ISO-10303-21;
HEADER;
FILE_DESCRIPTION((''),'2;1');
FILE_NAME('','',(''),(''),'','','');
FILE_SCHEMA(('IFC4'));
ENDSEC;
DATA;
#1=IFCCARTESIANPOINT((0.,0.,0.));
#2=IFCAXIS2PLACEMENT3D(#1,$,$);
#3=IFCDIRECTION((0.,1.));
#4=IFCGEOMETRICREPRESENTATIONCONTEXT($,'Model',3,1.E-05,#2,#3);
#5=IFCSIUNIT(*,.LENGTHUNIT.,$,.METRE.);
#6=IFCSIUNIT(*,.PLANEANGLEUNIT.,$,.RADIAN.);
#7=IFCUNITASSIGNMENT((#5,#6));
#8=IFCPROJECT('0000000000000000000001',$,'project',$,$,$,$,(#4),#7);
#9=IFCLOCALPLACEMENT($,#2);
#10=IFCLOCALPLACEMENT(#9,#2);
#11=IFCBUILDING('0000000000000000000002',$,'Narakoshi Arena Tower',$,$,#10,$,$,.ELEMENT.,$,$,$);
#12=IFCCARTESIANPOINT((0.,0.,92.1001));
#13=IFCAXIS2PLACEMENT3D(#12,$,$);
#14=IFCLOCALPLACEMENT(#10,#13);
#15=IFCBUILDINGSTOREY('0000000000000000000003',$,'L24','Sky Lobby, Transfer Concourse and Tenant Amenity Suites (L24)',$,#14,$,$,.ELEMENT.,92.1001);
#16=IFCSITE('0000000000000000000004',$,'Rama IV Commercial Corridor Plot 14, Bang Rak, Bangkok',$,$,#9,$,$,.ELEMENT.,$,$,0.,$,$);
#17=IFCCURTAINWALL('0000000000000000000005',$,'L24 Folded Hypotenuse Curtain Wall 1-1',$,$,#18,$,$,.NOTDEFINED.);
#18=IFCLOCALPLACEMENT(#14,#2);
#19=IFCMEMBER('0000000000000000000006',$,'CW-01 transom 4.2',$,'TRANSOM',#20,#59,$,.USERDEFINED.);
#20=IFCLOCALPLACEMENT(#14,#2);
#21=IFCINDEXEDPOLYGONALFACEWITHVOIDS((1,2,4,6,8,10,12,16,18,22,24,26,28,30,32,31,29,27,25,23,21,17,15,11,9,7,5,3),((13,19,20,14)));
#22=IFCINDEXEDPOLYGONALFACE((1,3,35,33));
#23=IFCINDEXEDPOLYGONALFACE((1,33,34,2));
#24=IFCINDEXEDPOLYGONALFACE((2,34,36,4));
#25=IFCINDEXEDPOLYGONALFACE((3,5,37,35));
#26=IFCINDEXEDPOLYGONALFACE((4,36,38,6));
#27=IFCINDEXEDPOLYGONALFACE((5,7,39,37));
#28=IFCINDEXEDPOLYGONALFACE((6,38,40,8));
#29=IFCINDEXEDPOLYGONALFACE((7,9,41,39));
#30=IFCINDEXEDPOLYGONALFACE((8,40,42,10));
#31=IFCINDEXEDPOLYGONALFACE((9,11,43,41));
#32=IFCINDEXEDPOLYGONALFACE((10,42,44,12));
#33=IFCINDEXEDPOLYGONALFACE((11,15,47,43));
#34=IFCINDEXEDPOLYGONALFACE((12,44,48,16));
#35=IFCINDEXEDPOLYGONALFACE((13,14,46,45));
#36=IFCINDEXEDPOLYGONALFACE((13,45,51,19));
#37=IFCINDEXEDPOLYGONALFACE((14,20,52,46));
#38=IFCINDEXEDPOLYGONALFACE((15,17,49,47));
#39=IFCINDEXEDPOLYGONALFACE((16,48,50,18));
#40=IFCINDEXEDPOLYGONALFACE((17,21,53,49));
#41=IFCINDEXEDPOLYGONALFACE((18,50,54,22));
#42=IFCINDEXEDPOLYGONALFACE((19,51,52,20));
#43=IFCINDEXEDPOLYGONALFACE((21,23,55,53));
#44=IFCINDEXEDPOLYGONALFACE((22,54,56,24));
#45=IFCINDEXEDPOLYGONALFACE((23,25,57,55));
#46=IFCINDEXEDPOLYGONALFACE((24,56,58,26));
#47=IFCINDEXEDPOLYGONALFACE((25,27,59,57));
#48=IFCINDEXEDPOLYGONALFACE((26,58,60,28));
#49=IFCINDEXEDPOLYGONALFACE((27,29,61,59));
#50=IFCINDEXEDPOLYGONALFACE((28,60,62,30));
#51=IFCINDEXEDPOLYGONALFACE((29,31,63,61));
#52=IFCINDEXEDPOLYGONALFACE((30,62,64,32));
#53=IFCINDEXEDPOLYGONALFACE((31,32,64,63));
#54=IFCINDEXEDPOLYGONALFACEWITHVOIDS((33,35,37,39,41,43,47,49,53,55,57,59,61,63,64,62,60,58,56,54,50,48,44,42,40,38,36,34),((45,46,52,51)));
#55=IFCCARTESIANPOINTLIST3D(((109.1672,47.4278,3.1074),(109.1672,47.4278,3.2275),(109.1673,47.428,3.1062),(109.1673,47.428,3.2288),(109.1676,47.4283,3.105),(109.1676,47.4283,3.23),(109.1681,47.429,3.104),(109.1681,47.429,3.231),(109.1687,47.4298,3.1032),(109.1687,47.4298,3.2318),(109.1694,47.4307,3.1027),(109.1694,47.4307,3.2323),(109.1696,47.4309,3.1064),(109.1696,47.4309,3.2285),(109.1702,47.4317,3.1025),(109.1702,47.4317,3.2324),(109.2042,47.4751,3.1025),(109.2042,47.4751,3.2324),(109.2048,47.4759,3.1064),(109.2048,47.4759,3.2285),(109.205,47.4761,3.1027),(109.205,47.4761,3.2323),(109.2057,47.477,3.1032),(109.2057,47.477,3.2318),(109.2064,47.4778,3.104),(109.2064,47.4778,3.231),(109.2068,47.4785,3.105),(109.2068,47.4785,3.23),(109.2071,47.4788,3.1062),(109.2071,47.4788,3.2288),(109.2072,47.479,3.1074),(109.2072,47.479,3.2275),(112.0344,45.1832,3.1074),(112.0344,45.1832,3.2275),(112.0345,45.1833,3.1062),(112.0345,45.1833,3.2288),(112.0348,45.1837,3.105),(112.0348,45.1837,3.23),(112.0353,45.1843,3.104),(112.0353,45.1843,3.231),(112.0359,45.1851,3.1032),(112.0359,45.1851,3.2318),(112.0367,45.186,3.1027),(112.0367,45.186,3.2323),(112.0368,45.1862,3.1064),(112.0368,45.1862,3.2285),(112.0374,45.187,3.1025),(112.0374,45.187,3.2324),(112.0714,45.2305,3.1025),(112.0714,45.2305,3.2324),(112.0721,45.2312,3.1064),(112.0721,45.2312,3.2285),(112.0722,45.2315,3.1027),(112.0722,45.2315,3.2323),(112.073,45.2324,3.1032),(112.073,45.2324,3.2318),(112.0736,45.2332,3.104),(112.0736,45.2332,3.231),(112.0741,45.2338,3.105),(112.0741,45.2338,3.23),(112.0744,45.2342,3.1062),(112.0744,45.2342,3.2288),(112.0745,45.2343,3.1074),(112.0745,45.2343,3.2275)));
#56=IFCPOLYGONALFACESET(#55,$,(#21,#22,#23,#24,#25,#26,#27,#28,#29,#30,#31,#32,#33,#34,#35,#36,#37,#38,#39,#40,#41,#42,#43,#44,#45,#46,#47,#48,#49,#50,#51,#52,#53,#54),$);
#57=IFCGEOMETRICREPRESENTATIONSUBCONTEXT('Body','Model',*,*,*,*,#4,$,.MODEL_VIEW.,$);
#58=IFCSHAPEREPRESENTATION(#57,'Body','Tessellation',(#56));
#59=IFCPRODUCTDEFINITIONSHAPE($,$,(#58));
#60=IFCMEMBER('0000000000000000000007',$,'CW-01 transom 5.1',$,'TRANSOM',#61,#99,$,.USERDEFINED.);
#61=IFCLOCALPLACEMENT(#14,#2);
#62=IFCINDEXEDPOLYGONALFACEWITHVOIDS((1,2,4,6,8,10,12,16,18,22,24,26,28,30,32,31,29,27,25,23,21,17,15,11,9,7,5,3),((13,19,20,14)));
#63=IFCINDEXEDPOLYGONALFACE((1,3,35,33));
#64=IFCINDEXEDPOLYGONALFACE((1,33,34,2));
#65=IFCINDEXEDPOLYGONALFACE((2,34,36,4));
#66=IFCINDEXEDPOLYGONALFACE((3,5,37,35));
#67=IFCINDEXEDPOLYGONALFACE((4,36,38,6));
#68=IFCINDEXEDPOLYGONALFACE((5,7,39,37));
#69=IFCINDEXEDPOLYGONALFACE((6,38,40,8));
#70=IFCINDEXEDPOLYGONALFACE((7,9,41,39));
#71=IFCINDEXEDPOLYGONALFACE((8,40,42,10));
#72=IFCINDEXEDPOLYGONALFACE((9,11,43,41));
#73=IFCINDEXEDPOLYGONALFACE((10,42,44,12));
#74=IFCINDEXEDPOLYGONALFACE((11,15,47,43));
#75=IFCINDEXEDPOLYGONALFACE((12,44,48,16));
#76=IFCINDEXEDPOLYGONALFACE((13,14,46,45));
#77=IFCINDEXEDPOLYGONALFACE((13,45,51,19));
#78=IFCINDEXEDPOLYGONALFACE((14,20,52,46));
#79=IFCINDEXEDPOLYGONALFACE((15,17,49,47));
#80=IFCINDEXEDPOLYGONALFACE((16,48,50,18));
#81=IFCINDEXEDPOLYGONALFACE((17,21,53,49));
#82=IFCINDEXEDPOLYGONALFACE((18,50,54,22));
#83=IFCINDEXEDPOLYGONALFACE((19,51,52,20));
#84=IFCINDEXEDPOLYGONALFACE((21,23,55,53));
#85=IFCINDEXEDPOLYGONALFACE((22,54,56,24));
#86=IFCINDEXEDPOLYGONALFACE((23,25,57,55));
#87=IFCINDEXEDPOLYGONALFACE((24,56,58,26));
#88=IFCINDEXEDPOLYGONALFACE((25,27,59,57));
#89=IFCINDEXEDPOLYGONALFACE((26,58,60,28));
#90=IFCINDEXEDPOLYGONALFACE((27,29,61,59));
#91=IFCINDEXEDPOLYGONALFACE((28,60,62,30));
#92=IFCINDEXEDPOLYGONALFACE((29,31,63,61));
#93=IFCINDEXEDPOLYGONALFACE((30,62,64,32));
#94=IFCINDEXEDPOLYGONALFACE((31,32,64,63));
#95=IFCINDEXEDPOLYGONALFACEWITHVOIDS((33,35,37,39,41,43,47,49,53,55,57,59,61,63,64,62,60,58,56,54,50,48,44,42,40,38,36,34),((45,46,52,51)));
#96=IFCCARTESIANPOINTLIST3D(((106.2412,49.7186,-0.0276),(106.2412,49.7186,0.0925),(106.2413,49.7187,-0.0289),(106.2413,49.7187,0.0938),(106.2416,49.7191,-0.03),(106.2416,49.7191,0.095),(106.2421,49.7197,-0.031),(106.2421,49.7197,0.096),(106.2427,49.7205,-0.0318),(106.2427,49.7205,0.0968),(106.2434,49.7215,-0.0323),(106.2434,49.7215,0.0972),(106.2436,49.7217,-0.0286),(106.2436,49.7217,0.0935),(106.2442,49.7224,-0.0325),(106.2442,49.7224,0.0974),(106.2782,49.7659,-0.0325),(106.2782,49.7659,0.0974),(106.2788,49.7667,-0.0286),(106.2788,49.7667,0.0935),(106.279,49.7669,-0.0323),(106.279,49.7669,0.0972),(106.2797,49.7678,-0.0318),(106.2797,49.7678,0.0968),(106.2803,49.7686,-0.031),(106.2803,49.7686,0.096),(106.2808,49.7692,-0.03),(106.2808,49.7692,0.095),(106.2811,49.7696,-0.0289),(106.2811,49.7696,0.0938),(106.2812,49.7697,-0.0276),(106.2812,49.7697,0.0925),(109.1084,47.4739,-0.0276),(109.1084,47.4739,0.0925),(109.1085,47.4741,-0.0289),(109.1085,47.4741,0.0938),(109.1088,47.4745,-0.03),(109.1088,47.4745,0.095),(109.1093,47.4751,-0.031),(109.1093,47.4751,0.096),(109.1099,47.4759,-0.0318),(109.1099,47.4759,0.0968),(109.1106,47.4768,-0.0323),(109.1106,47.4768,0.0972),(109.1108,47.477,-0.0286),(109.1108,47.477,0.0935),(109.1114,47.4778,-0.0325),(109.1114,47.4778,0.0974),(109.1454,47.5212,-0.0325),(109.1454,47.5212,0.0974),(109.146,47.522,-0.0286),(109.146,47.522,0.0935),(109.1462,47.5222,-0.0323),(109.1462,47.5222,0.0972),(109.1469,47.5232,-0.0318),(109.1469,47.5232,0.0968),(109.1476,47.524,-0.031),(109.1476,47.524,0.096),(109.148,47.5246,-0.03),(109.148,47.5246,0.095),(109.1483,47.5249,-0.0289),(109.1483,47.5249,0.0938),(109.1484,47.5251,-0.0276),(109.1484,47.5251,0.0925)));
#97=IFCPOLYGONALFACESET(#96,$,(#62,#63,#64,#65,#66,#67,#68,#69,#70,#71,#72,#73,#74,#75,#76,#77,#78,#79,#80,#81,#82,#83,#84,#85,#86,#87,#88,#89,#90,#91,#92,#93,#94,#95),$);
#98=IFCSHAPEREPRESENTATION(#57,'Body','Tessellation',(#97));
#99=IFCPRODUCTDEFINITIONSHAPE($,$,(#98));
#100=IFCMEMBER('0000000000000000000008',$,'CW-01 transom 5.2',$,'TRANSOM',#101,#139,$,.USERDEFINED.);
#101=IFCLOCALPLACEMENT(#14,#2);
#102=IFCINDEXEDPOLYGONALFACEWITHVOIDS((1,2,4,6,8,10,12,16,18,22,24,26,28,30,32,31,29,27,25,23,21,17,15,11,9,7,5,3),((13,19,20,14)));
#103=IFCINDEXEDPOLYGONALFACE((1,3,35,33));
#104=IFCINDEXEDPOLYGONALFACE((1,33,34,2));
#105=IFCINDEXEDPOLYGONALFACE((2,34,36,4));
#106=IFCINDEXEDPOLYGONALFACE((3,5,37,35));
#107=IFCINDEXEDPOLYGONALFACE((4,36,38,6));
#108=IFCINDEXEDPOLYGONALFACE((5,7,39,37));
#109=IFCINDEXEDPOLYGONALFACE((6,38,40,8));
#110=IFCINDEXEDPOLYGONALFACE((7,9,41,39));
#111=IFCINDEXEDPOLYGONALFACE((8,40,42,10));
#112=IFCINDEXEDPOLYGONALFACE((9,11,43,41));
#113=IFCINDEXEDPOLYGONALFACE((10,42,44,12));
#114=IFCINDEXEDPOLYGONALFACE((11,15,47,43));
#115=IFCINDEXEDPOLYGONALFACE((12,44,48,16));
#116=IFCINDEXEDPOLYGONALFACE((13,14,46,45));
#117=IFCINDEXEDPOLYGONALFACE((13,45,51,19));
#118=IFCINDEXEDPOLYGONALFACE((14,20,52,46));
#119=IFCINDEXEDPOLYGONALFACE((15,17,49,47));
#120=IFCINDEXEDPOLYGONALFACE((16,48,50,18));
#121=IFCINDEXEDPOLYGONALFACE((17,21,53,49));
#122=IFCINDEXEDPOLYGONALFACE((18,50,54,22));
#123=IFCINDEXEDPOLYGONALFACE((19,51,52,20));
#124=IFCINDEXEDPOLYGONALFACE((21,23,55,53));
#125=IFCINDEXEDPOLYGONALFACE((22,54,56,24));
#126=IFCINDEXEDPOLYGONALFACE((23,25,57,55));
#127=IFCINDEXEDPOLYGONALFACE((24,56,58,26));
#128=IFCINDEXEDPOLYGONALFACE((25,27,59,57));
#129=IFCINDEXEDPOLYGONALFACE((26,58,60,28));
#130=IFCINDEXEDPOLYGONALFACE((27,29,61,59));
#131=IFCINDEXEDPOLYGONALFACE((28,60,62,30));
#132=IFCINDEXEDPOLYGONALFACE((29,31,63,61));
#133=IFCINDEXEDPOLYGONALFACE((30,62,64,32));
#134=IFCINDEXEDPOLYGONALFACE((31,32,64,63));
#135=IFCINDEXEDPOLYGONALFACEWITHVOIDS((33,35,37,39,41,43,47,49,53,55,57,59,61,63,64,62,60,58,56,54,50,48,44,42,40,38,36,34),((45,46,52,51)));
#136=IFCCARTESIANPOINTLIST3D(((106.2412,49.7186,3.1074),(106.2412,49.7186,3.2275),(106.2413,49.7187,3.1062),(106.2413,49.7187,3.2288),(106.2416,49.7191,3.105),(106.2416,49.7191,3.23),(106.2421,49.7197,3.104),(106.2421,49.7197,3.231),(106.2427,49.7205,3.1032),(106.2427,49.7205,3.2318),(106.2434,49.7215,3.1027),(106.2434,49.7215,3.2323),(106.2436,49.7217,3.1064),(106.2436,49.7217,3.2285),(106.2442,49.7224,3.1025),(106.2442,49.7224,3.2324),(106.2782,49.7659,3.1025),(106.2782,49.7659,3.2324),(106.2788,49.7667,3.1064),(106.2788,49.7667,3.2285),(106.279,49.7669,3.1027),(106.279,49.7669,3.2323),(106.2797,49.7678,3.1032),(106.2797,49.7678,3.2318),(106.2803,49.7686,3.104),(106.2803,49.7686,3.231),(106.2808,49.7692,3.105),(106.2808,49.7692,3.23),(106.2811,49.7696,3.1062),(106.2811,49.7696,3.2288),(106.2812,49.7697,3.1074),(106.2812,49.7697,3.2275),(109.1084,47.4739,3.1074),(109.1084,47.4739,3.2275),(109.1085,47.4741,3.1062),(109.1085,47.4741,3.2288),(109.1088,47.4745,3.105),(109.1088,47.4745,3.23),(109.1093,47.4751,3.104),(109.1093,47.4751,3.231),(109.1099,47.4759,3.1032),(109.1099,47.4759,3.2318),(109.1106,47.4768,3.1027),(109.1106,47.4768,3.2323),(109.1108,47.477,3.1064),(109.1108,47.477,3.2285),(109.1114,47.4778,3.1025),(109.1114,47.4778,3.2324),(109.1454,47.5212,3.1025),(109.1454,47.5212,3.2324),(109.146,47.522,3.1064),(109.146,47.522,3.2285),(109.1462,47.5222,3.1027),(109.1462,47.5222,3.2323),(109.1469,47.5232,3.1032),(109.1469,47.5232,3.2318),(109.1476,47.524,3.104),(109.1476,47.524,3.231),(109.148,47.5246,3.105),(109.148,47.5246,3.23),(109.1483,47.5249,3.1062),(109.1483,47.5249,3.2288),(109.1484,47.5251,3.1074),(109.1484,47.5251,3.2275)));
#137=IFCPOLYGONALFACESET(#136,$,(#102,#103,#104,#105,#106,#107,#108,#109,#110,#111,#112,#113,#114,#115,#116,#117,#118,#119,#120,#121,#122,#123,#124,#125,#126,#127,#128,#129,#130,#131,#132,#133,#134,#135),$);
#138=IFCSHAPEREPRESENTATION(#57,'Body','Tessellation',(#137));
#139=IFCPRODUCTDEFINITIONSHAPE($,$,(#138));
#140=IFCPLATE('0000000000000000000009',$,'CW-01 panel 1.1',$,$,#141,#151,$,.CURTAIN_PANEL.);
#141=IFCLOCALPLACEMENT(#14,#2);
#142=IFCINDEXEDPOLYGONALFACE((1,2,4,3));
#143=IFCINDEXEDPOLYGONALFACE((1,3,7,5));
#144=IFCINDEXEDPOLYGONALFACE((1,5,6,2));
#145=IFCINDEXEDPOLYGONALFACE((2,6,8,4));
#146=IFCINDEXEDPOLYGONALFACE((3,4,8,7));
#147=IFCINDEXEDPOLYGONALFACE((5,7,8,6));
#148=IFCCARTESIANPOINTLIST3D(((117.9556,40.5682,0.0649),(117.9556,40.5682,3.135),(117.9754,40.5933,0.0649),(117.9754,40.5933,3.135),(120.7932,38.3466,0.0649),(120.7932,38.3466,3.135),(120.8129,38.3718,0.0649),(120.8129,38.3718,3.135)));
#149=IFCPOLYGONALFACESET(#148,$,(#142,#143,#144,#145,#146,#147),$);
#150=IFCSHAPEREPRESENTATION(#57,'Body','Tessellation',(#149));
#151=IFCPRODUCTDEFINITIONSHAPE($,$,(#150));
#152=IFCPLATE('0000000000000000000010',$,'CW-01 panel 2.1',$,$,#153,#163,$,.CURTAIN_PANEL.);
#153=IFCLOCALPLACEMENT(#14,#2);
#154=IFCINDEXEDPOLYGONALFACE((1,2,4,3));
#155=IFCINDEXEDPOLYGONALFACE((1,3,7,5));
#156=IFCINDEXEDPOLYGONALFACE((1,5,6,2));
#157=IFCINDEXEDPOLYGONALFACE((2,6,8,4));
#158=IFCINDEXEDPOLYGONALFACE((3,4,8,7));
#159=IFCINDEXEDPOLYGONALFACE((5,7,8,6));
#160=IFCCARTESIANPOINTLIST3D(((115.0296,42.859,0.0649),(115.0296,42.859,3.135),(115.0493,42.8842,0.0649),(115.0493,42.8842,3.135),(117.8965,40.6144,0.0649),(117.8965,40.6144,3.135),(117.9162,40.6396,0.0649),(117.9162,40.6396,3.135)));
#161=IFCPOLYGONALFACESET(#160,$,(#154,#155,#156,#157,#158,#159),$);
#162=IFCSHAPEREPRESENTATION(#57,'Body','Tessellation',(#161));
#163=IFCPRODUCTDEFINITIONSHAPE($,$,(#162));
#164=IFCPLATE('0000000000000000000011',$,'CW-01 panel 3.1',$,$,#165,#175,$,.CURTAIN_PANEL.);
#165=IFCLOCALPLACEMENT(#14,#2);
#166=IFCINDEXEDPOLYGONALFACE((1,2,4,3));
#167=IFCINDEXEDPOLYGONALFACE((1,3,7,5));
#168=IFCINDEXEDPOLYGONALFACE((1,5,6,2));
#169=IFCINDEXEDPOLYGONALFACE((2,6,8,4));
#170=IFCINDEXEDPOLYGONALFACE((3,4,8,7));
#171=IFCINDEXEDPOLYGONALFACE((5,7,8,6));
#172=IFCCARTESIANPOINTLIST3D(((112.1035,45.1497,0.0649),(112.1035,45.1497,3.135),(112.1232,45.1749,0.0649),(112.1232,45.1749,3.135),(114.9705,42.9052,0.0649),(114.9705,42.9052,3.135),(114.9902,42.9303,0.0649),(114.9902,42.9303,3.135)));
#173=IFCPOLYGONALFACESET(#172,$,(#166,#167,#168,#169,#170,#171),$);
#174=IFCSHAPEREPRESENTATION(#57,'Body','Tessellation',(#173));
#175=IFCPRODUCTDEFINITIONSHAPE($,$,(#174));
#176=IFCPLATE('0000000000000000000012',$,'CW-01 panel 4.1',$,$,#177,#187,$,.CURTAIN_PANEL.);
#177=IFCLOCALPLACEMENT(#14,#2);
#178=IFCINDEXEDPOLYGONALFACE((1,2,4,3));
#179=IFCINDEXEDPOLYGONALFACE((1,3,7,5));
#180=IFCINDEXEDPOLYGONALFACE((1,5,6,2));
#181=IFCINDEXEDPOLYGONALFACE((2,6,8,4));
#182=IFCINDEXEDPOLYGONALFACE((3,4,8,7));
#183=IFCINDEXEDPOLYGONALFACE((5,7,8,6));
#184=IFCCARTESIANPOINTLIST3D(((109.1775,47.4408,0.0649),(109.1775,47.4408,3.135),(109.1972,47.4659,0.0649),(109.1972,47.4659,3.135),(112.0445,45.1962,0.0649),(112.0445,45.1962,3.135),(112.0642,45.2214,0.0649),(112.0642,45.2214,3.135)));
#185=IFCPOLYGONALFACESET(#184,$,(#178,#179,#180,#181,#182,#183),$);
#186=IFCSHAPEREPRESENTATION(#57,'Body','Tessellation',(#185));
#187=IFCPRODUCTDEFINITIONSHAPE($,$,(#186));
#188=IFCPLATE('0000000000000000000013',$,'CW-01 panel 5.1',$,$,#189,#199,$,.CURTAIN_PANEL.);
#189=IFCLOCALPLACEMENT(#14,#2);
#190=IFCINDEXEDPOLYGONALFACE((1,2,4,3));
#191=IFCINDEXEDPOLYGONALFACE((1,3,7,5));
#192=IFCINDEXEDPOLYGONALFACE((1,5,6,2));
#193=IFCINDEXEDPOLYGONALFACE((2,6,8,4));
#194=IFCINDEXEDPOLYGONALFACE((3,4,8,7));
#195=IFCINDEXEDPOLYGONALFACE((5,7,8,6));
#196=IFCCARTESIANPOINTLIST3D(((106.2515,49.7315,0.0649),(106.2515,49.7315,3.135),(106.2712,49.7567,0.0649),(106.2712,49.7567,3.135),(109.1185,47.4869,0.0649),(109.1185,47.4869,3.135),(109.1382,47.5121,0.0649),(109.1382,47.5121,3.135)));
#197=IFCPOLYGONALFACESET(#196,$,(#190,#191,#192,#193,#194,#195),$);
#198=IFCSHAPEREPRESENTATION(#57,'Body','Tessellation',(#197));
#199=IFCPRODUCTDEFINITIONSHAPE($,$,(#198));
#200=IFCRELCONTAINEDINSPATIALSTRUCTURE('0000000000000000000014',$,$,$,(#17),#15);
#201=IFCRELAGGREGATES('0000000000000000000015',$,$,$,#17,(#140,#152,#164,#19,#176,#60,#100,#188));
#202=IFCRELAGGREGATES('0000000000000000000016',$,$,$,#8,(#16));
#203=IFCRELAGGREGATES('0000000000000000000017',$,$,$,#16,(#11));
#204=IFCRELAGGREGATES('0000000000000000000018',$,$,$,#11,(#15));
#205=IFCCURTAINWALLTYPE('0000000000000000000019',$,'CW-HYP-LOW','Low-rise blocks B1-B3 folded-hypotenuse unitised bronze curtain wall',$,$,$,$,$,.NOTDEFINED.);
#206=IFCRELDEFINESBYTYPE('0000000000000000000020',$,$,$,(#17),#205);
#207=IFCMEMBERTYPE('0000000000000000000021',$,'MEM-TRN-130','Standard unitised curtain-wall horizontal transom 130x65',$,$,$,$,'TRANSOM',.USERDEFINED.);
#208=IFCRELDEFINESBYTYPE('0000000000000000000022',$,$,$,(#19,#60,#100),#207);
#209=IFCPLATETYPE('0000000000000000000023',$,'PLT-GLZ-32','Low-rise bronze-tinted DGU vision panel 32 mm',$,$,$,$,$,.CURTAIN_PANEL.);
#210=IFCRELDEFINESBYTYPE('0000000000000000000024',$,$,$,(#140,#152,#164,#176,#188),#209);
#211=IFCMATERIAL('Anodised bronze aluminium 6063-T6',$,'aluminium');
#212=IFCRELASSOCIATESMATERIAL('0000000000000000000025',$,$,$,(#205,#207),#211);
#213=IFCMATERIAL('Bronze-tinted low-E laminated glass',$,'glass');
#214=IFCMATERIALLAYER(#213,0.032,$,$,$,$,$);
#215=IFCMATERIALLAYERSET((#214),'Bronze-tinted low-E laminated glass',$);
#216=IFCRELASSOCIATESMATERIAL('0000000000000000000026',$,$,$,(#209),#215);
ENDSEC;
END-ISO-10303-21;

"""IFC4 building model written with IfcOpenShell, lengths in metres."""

from ifc_helpers import new_model, si_unit, direction, frame, origin, origin_2d, place, context, subcontext, project, spatial, rectangle, hollow_rectangle, extrude, material, layer, layer_set, material_profile, profile_set, type_object, element, aggregate, save


model = new_model("IFC4")

# Units and contexts
model_context = context("Model", 3, precision=1e-05, world=origin(), true_north=direction((0.0, 1.0)))
body_context = subcontext(model_context, "Body", "Model", "MODEL_VIEW")
ifc_project = project(units=[si_unit("LENGTHUNIT", "METRE"), si_unit("PLANEANGLEUNIT", "RADIAN")], contexts=[model_context])

# Site, building, storey
site_placement = place(None, origin())
site = spatial("IfcSite", under=ifc_project, at=site_placement, Name="Rama IV Commercial Corridor Plot 14, Bang Rak, Bangkok", CompositionType="ELEMENT", RefElevation=0.0)
building_placement = place(site_placement, origin())
building = spatial("IfcBuilding", under=site, at=building_placement, Name="Narakoshi Arena Tower", CompositionType="ELEMENT")
storey_placement = place(building_placement, frame((0.0, 0.0, 92.1001)))
storey = spatial("IfcBuildingStorey", under=building, at=storey_placement, Name="L24", Description="Sky Lobby, Transfer Concourse and Tenant Amenity Suites (L24)", CompositionType="ELEMENT", Elevation=92.1001)

# Curtain wall, members, plates
ifc_material_1 = material(Name="Anodised bronze aluminium 6063-T6", Category="aluminium")
curtain_wall_type = type_object("IfcCurtainWallType", Name="CW-HYP-LOW", Description="Low-rise blocks B1-B3 folded-hypotenuse unitised bronze curtain wall", PredefinedType="NOTDEFINED", material=ifc_material_1)
curtain_wall_placement = place(storey_placement, origin())
curtain_wall = element("IfcCurtainWall", 1, at=curtain_wall_placement, inside=storey, type_object=curtain_wall_type, Name="L24 Folded Hypotenuse Curtain Wall 1-1", PredefinedType="NOTDEFINED")
ifc_material_profile_1 = material_profile(ifc_material_1, hollow_rectangle(XDim=0.0649, YDim=0.1299, WallThickness=0.0039, OuterFilletRadius=0.0049, at=origin_2d()), Name="TRN130x65x4")
ifc_profile_set_1 = profile_set([ifc_material_profile_1], Name="Anodised bronze aluminium 6063-T6")
member_type_1 = type_object("IfcMemberType", Name="MEM-TRN-130", Description="Standard unitised curtain-wall horizontal transom 130x65", ElementType="TRANSOM", PredefinedType="USERDEFINED", material=ifc_profile_set_1)
member_1_placement = place(storey_placement, frame((112.0544, 45.2087, 3.1675), z_axis=(-0.787406, 0.616435, 0.0), x_axis=(-0.616435, -0.787406, 0.0)))
member_1 = element("IfcMember", 2, at=member_1_placement, type_object=member_type_1, Name="CW-01 transom 4.2", ObjectType="TRANSOM", PredefinedType="USERDEFINED", context=body_context, shape_type="SweptSolid", body=[
    extrude(hollow_rectangle(XDim=0.0649, YDim=0.1299, WallThickness=0.0039, OuterFilletRadius=0.0049, at=origin_2d()), origin(), (0.0, 0.0, 1.0), 3.6414),
])
member_2_placement = place(storey_placement, frame((109.1284, 47.4995, 0.0325), z_axis=(-0.787406, 0.616435, 0.0), x_axis=(-0.616435, -0.787406, 0.0)))
member_2 = element("IfcMember", 3, at=member_2_placement, type_object=member_type_1, Name="CW-01 transom 5.1", ObjectType="TRANSOM", PredefinedType="USERDEFINED", context=body_context, shape_type="SweptSolid", body=[
    extrude(hollow_rectangle(XDim=0.0649, YDim=0.1299, WallThickness=0.0039, OuterFilletRadius=0.0049, at=origin_2d()), origin(), (0.0, 0.0, 1.0), 3.6414),
])
member_3_placement = place(storey_placement, frame((109.1284, 47.4995, 3.1675), z_axis=(-0.787406, 0.616435, 0.0), x_axis=(-0.616435, -0.787406, 0.0)))
member_3 = element("IfcMember", 4, at=member_3_placement, type_object=member_type_1, Name="CW-01 transom 5.2", ObjectType="TRANSOM", PredefinedType="USERDEFINED", context=body_context, shape_type="SweptSolid", body=[
    extrude(hollow_rectangle(XDim=0.0649, YDim=0.1299, WallThickness=0.0039, OuterFilletRadius=0.0049, at=origin_2d()), origin(), (0.0, 0.0, 1.0), 3.6414),
])
ifc_material_2 = material(Name="Bronze-tinted low-E laminated glass", Category="glass")
ifc_layer_1 = layer(ifc_material_2, 0.032)
ifc_layer_set_1 = layer_set([ifc_layer_1], Name="Bronze-tinted low-E laminated glass")
plate_type = type_object("IfcPlateType", Name="PLT-GLZ-32", Description="Low-rise bronze-tinted DGU vision panel 32 mm", PredefinedType="CURTAIN_PANEL", material=ifc_layer_set_1)
plate_1_placement = place(storey_placement, frame((119.3843, 39.47, 0.0649), z_axis=(0.0, 0.0, 1.0), x_axis=(-0.787389, 0.616457, 0.0)))
plate_1 = element("IfcPlate", 5, at=plate_1_placement, type_object=plate_type, Name="CW-01 panel 1.1", PredefinedType="CURTAIN_PANEL", context=body_context, shape_type="SweptSolid", body=[
    extrude(rectangle(XDim=3.6038, YDim=0.032, at=origin_2d()), origin(), (0.0, 0.0, 1.0), 3.0701),
])
plate_2_placement = place(storey_placement, frame((116.4729, 41.7493, 0.0649), z_axis=(0.0, 0.0, 1.0), x_axis=(-0.787389, 0.616457, 0.0)))
plate_2 = element("IfcPlate", 6, at=plate_2_placement, type_object=plate_type, Name="CW-01 panel 2.1", PredefinedType="CURTAIN_PANEL", context=body_context, shape_type="SweptSolid", body=[
    extrude(rectangle(XDim=3.6411, YDim=0.032, at=origin_2d()), origin(), (0.0, 0.0, 1.0), 3.0701),
])
plate_3_placement = place(storey_placement, frame((113.5469, 44.04, 0.0649), z_axis=(0.0, 0.0, 1.0), x_axis=(-0.787389, 0.616457, 0.0)))
plate_3 = element("IfcPlate", 7, at=plate_3_placement, type_object=plate_type, Name="CW-01 panel 3.1", PredefinedType="CURTAIN_PANEL", context=body_context, shape_type="SweptSolid", body=[
    extrude(rectangle(XDim=3.6411, YDim=0.032, at=origin_2d()), origin(), (0.0, 0.0, 1.0), 3.0701),
])
plate_4_placement = place(storey_placement, frame((110.6208, 46.3311, 0.0649), z_axis=(0.0, 0.0, 1.0), x_axis=(-0.787389, 0.616457, 0.0)))
plate_4 = element("IfcPlate", 8, at=plate_4_placement, type_object=plate_type, Name="CW-01 panel 4.1", PredefinedType="CURTAIN_PANEL", context=body_context, shape_type="SweptSolid", body=[
    extrude(rectangle(XDim=3.6411, YDim=0.032, at=origin_2d()), origin(), (0.0, 0.0, 1.0), 3.0701),
])
plate_5_placement = place(storey_placement, frame((107.6948, 48.6218, 0.0649), z_axis=(0.0, 0.0, 1.0), x_axis=(-0.787389, 0.616457, 0.0)))
plate_5 = element("IfcPlate", 9, at=plate_5_placement, type_object=plate_type, Name="CW-01 panel 5.1", PredefinedType="CURTAIN_PANEL", context=body_context, shape_type="SweptSolid", body=[
    extrude(rectangle(XDim=3.6411, YDim=0.032, at=origin_2d()), origin(), (0.0, 0.0, 1.0), 3.0701),
])
aggregate(curtain_wall, [plate_1, plate_2, plate_3, member_1, plate_4, member_2, member_3, plate_5])

save(model, "model.ifc")
